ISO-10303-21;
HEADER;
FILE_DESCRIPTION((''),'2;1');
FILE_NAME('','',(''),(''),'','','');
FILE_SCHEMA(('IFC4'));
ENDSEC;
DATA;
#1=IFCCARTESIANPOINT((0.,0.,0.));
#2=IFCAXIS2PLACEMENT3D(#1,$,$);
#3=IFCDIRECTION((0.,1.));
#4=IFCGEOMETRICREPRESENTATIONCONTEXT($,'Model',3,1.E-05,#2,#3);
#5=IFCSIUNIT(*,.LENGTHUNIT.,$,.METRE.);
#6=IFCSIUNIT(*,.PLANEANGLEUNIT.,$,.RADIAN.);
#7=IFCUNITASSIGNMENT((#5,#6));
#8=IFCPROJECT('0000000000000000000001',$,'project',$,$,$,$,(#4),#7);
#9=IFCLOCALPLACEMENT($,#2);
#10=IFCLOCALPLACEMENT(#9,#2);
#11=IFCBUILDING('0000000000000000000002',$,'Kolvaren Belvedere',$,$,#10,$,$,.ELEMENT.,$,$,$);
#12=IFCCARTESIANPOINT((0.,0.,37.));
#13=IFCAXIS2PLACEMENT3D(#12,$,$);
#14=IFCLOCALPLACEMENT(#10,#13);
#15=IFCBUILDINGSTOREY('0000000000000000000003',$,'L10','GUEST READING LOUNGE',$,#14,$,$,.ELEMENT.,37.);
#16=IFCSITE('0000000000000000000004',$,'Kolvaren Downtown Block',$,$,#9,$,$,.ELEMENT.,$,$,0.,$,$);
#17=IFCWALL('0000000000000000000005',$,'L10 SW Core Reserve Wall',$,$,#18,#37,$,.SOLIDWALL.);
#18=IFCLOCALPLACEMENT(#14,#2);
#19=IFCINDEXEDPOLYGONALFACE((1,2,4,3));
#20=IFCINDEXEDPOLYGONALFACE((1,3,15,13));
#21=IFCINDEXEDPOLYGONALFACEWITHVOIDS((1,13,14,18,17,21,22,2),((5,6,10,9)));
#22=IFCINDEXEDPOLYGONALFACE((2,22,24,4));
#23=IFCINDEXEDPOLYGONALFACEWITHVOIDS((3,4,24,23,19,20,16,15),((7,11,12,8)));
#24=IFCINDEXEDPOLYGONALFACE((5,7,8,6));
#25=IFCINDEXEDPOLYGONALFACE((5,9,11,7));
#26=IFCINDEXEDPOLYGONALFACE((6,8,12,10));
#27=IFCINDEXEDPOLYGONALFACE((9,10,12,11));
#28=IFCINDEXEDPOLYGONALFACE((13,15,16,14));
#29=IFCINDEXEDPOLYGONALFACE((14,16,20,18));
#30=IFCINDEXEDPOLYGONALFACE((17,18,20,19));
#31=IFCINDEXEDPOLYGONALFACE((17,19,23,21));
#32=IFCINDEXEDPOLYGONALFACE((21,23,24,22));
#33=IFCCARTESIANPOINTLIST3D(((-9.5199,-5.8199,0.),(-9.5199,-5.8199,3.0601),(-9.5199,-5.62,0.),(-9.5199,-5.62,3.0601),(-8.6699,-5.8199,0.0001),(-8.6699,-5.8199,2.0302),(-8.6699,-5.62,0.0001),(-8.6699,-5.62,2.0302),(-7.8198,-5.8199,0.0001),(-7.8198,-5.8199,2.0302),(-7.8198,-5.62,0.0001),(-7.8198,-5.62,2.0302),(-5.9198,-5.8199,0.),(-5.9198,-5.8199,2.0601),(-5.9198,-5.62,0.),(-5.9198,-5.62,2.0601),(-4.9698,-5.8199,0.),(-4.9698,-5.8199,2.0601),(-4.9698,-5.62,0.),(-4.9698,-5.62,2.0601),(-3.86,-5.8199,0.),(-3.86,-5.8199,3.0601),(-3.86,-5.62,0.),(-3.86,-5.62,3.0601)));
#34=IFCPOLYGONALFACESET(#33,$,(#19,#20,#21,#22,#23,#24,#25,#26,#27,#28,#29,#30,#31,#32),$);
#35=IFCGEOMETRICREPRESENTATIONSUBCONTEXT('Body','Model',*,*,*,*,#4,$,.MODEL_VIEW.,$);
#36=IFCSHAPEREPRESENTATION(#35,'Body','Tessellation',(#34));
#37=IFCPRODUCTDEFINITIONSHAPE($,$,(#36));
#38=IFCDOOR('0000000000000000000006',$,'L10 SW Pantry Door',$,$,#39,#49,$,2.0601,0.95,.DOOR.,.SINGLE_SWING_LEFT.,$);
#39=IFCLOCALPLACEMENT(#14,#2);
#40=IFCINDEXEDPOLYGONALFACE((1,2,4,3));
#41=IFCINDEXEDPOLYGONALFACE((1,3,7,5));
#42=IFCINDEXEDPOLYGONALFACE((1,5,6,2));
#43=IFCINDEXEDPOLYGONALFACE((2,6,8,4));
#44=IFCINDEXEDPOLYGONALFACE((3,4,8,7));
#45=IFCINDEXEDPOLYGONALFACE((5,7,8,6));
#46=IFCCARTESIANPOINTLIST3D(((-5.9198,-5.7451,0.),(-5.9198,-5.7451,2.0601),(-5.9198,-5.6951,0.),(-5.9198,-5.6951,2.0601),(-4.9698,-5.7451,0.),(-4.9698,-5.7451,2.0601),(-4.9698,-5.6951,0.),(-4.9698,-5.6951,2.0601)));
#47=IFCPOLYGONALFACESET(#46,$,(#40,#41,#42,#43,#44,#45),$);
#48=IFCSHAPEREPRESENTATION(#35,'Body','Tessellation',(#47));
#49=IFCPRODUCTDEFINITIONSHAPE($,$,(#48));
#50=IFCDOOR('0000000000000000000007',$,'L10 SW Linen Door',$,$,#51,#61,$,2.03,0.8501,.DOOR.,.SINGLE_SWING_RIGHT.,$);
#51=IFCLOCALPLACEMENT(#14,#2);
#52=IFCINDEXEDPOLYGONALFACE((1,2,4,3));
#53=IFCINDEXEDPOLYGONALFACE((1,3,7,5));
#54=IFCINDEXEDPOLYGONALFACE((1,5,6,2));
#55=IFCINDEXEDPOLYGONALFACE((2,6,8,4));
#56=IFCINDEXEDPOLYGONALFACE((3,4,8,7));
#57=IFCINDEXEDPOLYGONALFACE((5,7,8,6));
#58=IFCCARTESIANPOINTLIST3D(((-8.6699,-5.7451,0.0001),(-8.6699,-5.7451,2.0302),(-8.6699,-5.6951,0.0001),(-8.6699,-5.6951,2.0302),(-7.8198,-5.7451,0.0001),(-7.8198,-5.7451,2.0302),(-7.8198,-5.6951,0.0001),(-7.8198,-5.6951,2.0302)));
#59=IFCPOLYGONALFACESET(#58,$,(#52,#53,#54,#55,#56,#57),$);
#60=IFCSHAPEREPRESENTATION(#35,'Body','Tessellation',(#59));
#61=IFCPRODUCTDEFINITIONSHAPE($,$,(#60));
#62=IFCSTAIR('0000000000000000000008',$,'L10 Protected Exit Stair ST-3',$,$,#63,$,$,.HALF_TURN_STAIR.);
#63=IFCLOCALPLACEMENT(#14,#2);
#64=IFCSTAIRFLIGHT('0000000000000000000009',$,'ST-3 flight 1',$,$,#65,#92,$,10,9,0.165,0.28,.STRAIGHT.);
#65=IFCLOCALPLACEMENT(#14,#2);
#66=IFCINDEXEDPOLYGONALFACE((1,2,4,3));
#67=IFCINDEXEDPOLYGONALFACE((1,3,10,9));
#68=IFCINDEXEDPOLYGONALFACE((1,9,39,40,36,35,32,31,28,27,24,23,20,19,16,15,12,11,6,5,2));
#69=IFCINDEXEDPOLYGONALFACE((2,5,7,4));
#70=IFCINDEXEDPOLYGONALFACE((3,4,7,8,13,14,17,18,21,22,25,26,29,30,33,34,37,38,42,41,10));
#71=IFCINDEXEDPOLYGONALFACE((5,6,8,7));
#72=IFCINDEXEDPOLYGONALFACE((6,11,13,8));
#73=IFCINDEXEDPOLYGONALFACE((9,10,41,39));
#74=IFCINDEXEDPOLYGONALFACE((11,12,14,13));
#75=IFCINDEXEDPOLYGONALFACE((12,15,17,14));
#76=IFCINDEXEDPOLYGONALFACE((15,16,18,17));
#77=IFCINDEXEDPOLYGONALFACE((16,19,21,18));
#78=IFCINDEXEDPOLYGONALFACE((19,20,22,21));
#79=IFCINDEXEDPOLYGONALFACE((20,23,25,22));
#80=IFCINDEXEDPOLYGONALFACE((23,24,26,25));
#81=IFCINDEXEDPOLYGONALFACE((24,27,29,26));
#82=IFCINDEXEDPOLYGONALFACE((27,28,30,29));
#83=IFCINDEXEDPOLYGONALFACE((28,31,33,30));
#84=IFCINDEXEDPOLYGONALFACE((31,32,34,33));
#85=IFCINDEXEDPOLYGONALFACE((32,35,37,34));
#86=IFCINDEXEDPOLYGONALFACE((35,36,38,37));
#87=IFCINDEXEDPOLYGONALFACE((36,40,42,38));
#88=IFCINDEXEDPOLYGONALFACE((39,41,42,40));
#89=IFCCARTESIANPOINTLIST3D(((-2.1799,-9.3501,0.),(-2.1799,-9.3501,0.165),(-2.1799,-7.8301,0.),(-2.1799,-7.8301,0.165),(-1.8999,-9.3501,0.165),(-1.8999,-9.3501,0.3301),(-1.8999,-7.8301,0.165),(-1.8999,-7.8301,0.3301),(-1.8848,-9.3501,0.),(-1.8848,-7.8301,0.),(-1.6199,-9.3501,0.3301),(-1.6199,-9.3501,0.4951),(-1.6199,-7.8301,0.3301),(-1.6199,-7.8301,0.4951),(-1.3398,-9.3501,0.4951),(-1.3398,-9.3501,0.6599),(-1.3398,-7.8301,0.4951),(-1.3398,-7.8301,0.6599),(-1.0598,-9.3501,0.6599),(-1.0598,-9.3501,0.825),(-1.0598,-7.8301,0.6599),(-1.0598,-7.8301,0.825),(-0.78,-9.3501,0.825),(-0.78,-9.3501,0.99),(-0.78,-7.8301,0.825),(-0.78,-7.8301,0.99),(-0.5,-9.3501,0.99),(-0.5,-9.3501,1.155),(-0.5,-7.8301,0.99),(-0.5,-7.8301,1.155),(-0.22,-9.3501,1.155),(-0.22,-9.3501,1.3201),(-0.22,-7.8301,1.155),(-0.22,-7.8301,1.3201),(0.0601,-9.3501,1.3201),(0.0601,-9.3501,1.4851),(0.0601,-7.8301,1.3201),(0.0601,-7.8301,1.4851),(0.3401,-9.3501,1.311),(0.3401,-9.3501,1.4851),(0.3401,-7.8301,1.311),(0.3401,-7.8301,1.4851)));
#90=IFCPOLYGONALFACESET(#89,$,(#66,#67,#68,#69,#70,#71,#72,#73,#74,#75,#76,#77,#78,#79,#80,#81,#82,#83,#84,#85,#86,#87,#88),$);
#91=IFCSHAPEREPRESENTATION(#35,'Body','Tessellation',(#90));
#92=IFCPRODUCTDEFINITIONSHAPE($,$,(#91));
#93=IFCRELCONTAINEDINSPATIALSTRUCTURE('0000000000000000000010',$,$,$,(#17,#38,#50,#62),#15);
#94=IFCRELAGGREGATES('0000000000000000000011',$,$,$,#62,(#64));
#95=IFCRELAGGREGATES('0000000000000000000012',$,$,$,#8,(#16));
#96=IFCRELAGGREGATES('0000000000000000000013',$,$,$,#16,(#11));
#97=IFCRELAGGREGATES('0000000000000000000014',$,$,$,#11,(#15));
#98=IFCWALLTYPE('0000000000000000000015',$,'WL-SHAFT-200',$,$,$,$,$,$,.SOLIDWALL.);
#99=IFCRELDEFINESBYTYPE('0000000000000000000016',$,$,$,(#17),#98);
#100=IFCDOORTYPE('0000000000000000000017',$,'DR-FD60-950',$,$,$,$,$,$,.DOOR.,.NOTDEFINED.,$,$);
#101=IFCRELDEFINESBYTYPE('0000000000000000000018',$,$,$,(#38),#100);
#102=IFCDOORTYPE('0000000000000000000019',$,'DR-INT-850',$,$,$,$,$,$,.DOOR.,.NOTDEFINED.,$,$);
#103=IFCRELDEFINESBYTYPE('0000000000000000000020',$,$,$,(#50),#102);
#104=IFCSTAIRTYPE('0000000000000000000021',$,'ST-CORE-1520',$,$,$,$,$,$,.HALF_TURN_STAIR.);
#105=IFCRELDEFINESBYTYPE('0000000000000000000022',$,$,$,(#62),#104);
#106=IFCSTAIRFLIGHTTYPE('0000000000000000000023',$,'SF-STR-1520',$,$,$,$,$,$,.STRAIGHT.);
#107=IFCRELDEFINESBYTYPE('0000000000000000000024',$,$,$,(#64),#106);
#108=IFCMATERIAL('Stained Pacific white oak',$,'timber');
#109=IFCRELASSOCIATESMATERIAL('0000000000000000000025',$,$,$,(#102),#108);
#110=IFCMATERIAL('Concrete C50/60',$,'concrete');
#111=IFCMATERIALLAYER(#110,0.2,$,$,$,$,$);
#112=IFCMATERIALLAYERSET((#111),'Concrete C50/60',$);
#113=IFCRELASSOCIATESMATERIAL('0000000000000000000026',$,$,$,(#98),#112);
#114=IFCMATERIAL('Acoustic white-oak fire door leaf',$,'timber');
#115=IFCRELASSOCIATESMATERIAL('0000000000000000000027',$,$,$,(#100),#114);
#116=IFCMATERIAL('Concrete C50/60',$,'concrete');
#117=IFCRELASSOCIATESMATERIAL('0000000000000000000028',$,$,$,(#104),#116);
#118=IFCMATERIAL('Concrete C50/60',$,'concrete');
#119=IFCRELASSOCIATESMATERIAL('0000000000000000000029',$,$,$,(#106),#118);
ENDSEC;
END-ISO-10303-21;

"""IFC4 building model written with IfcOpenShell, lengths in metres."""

from ifc_helpers import new_model, si_unit, direction, frame, frame_2d, origin, place, context, subcontext, project, spatial, polyline, rectangle, outline, extrude, material, layer, layer_set, type_object, element, fill, aggregate, save


model = new_model("IFC4")

# Units and contexts
model_context = context("Model", 3, precision=1e-05, world=origin(), true_north=direction((0.0, 1.0)))
body_context = subcontext(model_context, "Body", "Model", "MODEL_VIEW")
ifc_project = project(units=[si_unit("LENGTHUNIT", "METRE"), si_unit("PLANEANGLEUNIT", "RADIAN")], contexts=[model_context])

# Site, building, storey
site_placement = place(None, origin())
site = spatial("IfcSite", under=ifc_project, at=site_placement, Name="Kolvaren Downtown Block", CompositionType="ELEMENT", RefElevation=0.0)
building_placement = place(site_placement, origin())
building = spatial("IfcBuilding", under=site, at=building_placement, Name="Kolvaren Belvedere", CompositionType="ELEMENT")
storey_placement = place(building_placement, frame((0.0, 0.0, 37.0)))
storey = spatial("IfcBuildingStorey", under=building, at=storey_placement, Name="L10", Description="GUEST READING LOUNGE", CompositionType="ELEMENT", Elevation=37.0)

# Shared definitions
ifc_material_1 = material(Name="Stained Pacific white oak", Category="timber")
door_type_1 = type_object("IfcDoorType", Name="DR-INT-850", OperationType="NOTDEFINED", PredefinedType="DOOR", material=ifc_material_1)

# Shared definitions
ifc_material_2 = material(Name="Concrete C50/60", Category="concrete")
ifc_layer_1 = layer(ifc_material_2, 0.2)
ifc_layer_set_1 = layer_set([ifc_layer_1], Name="Concrete C50/60")
wall_type_1 = type_object("IfcWallType", Name="WL-SHAFT-200", PredefinedType="SOLIDWALL", material=ifc_layer_set_1)
ifc_material_3 = material(Name="Acoustic white-oak fire door leaf", Category="timber")
door_type_2 = type_object("IfcDoorType", Name="DR-FD60-950", OperationType="NOTDEFINED", PredefinedType="DOOR", material=ifc_material_3)

# Wall, openings, doors
wall_1_placement = place(storey_placement, frame((-9.52, -5.72, 0.0), z_axis=(0.0, 0.0, 1.0), x_axis=(1.0, 0.0, 0.0)))
wall_1 = element("IfcWall", 1, at=wall_1_placement, inside=storey, type_object=wall_type_1, Name="L10 SW Core Reserve Wall", PredefinedType="SOLIDWALL", context=body_context, shape_type="SweptSolid", body=[
    extrude(rectangle(XDim=5.6599, YDim=0.2, at=frame_2d((2.8301, 0.0))), origin(), (0.0, 0.0, 1.0), 3.0601),
])
opening_1_placement = place(wall_1_placement, frame((3.6001, 0.0, 0.0)))
opening_1 = element("IfcOpeningElement", 2, at=opening_1_placement, cuts=wall_1, PredefinedType="OPENING", context=body_context, shape_type="SweptSolid", body=[
    extrude(rectangle(XDim=0.95, YDim=2.0601, at=frame_2d((0.4751, 1.03))), frame((0.0, 0.1099, 0.0), z_axis=(0.0, -1.0, 0.0), x_axis=(1.0, 0.0, 0.0)), (0.0, 0.0, 1.0), 0.22),
])
opening_2_placement = place(wall_1_placement, frame((0.8501, 0.0, 0.0)))
opening_2 = element("IfcOpeningElement", 3, at=opening_2_placement, cuts=wall_1, PredefinedType="OPENING", context=body_context, shape_type="SweptSolid", body=[
    extrude(rectangle(XDim=0.8501, YDim=2.03, at=frame_2d((0.425, 1.0151))), frame((0.0, 0.1099, 0.0), z_axis=(0.0, -1.0, 0.0), x_axis=(1.0, 0.0, 0.0)), (0.0, 0.0, 1.0), 0.22),
])
door_1_placement = place(opening_1_placement, origin())
door_1 = element("IfcDoor", 4, at=door_1_placement, inside=storey, type_object=door_type_2, Name="L10 SW Pantry Door", OperationType="SINGLE_SWING_LEFT", OverallHeight=2.0601, OverallWidth=0.95, PredefinedType="DOOR", context=body_context, shape_type="SweptSolid", body=[
    extrude(rectangle(XDim=0.95, YDim=2.0601, at=frame_2d((0.4751, 1.03))), frame((0.0, 0.0249, 0.0), z_axis=(0.0, -1.0, 0.0), x_axis=(1.0, 0.0, 0.0)), (0.0, 0.0, 1.0), 0.05),
])
fill(opening_1, door_1)
door_2_placement = place(opening_2_placement, origin())
door_2 = element("IfcDoor", 5, at=door_2_placement, inside=storey, type_object=door_type_1, Name="L10 SW Linen Door", OperationType="SINGLE_SWING_RIGHT", OverallHeight=2.03, OverallWidth=0.8501, PredefinedType="DOOR", context=body_context, shape_type="SweptSolid", body=[
    extrude(rectangle(XDim=0.8501, YDim=2.03, at=frame_2d((0.425, 1.0151))), frame((0.0, 0.0249, 0.0), z_axis=(0.0, -1.0, 0.0), x_axis=(1.0, 0.0, 0.0)), (0.0, 0.0, 1.0), 0.05),
])
fill(opening_2, door_2)

# Stair, stair flight
ifc_material_4 = material(Name="Concrete C50/60", Category="concrete")
stair_type = type_object("IfcStairType", Name="ST-CORE-1520", PredefinedType="HALF_TURN_STAIR", material=ifc_material_4)
stair_placement = place(storey_placement, origin())
stair = element("IfcStair", 6, at=stair_placement, inside=storey, type_object=stair_type, Name="L10 Protected Exit Stair ST-3", PredefinedType="HALF_TURN_STAIR")
ifc_material_5 = material(Name="Concrete C50/60", Category="concrete")
stair_flight_type = type_object("IfcStairFlightType", Name="SF-STR-1520", PredefinedType="STRAIGHT", material=ifc_material_5)
stair_flight_placement = place(storey_placement, frame((-2.1799, -8.5901, 0.0), z_axis=(0.0, 0.0, 1.0), x_axis=(1.0, 0.0, 0.0)))
stair_flight = element("IfcStairFlight", 7, at=stair_flight_placement, type_object=stair_flight_type, Name="ST-3 flight 1", NumberOfRisers=10, NumberOfTreads=9, PredefinedType="STRAIGHT", RiserHeight=0.165, TreadLength=0.28, context=body_context, shape_type="SweptSolid", body=[
    extrude(outline(polyline([(0.0, 0.0), (0.0, 0.165), (0.28, 0.165), (0.28, 0.3301), (0.5601, 0.3301), (0.5601, 0.4951), (0.8401, 0.4951), (0.8401, 0.6599), (1.1201, 0.6599), (1.1201, 0.825), (1.3999, 0.825), (1.3999, 0.99), (1.6799, 0.99), (1.6799, 1.155), (1.96, 1.155), (1.96, 1.3201), (2.24, 1.3201), (2.24, 1.4851), (2.52, 1.4851), (2.52, 1.6499), (2.52, 1.311), (0.2952, 0.0), (0.0, 0.0)])), frame((0.0, 0.76, 0.0), z_axis=(0.0, -1.0, 0.0), x_axis=(1.0, 0.0, 0.0)), (0.0, 0.0, 1.0), 1.52),
])
aggregate(stair, [stair_flight])

save(model, "model.ifc")
